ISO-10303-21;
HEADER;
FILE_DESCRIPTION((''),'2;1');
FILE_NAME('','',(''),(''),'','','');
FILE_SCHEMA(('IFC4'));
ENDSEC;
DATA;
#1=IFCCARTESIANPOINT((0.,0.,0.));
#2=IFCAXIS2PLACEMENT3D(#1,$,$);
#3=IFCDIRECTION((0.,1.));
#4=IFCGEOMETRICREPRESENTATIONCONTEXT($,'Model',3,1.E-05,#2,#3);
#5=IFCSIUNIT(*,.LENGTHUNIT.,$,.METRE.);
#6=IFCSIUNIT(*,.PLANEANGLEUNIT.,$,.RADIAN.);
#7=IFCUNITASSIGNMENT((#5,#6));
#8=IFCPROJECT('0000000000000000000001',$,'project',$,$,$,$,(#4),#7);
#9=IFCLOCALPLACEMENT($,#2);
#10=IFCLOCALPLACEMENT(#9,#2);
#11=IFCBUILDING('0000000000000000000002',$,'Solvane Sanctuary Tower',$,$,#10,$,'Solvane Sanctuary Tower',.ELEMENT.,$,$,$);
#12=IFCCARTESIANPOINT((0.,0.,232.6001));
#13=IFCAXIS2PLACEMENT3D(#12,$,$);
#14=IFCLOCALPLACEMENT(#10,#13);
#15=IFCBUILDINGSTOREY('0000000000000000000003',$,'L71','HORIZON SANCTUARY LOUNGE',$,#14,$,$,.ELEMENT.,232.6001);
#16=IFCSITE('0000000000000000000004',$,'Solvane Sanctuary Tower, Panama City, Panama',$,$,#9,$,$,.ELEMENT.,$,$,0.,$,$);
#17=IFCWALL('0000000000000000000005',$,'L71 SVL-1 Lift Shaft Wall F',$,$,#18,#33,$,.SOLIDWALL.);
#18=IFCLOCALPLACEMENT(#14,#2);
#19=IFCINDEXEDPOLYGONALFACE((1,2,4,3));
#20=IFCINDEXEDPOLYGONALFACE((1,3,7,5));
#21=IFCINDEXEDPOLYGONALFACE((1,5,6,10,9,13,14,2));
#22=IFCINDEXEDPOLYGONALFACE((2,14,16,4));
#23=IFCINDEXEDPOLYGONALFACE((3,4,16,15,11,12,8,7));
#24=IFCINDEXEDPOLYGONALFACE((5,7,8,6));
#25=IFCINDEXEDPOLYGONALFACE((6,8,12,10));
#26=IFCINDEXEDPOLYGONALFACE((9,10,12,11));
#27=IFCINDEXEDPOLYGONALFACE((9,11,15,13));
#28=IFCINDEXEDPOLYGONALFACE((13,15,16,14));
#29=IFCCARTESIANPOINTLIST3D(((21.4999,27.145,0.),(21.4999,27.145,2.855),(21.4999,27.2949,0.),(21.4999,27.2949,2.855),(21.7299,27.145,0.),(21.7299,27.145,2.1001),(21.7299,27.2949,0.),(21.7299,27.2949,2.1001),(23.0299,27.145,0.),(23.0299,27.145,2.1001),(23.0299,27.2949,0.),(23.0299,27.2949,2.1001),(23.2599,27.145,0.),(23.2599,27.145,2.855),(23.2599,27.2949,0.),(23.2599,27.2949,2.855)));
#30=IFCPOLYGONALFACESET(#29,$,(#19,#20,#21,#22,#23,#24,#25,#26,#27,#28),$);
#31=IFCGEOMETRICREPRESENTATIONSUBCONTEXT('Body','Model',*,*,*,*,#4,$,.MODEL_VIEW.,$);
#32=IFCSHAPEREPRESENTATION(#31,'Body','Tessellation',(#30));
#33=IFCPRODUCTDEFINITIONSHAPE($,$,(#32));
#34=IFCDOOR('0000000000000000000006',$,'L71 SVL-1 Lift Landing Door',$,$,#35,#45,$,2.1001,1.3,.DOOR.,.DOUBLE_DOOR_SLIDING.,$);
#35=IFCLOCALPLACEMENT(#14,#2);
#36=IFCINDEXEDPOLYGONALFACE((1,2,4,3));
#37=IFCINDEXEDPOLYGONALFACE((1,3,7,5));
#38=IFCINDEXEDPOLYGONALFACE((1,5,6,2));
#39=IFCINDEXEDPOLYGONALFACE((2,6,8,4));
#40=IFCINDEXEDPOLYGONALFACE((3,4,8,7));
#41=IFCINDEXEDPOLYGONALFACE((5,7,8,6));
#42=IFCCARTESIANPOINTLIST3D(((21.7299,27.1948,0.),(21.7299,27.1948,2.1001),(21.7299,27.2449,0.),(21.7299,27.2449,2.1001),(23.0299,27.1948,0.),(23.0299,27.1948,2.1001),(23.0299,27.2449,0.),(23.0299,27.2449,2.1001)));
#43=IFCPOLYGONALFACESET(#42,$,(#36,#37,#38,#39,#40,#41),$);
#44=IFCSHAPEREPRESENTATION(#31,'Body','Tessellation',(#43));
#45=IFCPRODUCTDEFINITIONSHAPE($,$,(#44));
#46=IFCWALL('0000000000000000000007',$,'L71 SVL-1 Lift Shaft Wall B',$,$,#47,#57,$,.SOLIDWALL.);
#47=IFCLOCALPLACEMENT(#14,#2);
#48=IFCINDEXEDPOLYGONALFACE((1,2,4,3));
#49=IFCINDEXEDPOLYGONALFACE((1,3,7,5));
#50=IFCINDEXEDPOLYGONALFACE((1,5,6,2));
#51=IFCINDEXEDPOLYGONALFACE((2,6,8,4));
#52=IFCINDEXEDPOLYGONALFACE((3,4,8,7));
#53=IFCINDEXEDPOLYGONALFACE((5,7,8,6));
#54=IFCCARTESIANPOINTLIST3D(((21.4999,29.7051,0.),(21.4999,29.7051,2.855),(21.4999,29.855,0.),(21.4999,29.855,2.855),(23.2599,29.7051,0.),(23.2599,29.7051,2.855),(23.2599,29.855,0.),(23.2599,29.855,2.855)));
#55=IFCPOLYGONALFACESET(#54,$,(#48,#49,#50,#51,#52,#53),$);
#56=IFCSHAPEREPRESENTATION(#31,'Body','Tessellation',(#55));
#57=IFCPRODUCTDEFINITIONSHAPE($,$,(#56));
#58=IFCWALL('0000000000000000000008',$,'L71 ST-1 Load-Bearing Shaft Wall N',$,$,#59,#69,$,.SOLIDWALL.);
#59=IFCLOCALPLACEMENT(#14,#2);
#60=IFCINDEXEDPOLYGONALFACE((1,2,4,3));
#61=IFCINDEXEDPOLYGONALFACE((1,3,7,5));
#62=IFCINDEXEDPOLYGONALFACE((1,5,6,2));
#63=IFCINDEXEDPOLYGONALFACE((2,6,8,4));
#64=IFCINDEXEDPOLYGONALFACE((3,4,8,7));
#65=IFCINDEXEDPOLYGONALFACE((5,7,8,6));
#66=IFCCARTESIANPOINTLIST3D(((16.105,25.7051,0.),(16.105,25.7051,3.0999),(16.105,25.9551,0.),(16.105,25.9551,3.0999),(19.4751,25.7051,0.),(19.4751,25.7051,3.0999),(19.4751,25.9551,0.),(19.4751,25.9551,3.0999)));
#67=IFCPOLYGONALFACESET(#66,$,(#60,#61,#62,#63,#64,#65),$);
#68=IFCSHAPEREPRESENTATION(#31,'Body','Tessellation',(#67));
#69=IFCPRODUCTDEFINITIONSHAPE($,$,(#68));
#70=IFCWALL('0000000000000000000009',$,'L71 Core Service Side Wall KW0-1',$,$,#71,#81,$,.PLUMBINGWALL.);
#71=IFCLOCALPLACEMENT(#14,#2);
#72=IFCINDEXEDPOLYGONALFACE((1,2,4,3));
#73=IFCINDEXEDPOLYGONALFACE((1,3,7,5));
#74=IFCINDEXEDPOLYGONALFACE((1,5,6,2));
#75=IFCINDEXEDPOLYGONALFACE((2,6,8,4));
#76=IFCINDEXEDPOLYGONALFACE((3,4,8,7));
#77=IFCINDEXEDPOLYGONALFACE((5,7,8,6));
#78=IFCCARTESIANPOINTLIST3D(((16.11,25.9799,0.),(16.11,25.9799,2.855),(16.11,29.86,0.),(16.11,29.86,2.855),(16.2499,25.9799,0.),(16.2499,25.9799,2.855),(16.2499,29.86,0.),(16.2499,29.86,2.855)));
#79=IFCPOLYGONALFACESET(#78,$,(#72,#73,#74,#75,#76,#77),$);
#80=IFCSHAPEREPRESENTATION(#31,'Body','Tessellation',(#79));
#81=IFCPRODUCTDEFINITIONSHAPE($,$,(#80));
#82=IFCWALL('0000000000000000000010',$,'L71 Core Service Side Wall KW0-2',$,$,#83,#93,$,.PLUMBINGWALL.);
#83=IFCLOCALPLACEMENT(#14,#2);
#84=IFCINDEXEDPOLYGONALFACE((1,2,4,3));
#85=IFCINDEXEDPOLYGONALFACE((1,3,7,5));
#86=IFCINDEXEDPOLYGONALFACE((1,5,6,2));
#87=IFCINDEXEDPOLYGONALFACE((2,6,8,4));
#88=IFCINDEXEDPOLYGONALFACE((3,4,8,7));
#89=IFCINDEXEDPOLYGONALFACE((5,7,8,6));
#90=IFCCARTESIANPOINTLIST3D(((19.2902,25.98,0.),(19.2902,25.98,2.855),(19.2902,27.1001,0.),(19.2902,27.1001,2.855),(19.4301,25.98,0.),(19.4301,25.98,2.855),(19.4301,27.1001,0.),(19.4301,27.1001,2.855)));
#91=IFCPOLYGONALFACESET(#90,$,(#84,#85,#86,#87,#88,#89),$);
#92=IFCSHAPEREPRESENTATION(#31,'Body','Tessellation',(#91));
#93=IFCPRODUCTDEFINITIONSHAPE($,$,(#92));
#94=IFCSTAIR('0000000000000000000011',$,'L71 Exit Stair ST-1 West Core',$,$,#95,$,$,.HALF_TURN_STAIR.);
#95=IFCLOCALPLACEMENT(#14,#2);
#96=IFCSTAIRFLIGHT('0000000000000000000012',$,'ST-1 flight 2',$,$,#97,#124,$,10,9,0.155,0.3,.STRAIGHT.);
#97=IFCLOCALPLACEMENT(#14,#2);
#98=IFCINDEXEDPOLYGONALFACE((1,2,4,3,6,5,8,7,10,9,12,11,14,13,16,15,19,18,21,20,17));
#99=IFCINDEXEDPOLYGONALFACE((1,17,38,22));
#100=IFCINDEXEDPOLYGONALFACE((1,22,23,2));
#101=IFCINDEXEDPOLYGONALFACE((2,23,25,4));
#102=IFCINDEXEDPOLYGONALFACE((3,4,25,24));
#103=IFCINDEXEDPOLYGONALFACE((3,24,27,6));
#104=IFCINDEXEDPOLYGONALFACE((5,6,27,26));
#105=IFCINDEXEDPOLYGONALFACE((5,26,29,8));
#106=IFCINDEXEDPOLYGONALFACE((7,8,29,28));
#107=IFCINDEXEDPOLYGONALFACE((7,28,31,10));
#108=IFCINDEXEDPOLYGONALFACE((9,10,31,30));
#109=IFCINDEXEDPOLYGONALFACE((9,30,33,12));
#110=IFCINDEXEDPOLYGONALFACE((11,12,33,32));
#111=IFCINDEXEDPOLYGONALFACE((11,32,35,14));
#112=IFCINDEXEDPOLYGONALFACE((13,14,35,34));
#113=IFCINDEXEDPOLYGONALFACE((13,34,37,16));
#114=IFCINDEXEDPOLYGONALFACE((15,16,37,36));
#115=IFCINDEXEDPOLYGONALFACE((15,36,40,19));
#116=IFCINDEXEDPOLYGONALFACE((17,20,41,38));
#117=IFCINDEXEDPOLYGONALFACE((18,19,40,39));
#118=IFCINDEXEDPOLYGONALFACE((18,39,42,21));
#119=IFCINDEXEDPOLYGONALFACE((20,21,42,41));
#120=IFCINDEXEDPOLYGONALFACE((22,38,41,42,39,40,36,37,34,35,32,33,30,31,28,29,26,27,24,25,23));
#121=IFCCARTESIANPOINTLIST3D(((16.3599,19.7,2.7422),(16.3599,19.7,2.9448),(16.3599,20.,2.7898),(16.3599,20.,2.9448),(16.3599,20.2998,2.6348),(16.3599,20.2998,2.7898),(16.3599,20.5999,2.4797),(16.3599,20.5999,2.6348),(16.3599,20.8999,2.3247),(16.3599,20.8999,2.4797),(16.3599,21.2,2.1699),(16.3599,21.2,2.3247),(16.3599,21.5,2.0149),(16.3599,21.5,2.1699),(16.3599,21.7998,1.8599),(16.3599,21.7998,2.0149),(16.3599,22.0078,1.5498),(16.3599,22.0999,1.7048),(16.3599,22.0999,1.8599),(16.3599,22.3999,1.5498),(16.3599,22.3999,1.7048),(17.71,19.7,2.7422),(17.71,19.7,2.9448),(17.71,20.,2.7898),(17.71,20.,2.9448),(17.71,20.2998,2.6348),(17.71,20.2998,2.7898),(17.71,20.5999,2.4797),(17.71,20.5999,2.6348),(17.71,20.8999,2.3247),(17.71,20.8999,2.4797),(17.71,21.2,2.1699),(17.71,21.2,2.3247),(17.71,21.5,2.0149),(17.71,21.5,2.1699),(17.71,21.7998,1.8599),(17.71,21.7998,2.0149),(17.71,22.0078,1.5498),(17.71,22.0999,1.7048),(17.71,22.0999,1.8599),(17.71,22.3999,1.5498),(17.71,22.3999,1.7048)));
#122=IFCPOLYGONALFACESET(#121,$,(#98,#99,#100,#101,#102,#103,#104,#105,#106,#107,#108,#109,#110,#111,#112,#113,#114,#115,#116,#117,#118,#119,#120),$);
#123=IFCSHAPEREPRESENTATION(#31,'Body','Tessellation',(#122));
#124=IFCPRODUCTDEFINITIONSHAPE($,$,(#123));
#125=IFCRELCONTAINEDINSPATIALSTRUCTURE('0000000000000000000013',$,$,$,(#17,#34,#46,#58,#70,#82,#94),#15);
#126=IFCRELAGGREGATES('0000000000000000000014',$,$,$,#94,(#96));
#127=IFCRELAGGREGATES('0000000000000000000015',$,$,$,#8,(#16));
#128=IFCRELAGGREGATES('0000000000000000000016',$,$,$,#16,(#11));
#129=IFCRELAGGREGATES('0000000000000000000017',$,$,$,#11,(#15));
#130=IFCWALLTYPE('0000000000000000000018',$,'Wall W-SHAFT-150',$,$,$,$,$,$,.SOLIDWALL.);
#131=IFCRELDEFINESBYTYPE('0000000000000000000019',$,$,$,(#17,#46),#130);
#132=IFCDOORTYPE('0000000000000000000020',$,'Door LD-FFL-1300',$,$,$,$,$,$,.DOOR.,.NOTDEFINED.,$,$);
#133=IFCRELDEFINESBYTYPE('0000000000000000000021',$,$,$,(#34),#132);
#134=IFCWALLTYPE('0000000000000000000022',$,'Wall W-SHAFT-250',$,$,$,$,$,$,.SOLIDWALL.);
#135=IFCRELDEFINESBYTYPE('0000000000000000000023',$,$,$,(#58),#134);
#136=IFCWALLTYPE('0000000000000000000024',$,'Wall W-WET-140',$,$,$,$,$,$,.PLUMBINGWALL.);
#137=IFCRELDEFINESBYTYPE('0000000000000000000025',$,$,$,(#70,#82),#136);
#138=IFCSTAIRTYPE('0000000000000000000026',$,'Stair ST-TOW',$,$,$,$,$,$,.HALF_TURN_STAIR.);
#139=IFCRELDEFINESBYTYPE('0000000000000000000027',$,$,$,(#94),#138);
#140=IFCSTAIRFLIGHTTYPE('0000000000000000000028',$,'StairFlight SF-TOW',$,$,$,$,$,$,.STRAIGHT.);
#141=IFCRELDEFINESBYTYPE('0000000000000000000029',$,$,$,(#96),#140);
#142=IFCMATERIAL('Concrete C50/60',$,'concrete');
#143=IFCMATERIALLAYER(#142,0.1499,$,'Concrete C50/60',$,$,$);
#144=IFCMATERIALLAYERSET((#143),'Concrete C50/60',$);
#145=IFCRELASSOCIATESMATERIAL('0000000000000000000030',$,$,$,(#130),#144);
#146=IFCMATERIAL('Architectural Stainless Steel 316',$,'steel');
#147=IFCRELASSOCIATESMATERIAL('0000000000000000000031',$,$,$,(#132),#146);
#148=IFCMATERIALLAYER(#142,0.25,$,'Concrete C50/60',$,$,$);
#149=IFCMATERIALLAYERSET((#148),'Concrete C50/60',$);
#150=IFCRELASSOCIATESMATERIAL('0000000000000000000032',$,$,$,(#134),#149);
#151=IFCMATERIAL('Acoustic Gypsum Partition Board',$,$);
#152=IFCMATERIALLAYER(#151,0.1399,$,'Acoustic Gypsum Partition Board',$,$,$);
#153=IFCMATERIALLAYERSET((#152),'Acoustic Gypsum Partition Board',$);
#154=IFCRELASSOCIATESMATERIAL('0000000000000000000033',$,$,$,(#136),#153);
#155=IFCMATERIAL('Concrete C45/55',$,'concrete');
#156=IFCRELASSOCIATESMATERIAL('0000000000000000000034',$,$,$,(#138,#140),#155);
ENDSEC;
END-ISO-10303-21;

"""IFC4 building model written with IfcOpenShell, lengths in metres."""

from ifc_helpers import new_model, si_unit, direction, frame, frame_2d, origin, place, context, subcontext, project, spatial, polyline, rectangle, outline, extrude, material, layer, layer_set, type_object, element, fill, aggregate, save


model = new_model("IFC4")

# Units and contexts
model_context = context("Model", 3, precision=1e-05, world=origin(), true_north=direction((0.0, 1.0)))
body_context = subcontext(model_context, "Body", "Model", "MODEL_VIEW")
ifc_project = project(units=[si_unit("LENGTHUNIT", "METRE"), si_unit("PLANEANGLEUNIT", "RADIAN")], contexts=[model_context])

# Site, building, storey
site_placement = place(None, origin())
site = spatial("IfcSite", under=ifc_project, at=site_placement, Name="Solvane Sanctuary Tower, Panama City, Panama", CompositionType="ELEMENT", RefElevation=0.0)
building_placement = place(site_placement, origin())
building = spatial("IfcBuilding", under=site, at=building_placement, Name="Solvane Sanctuary Tower", LongName="Solvane Sanctuary Tower", CompositionType="ELEMENT")
storey_placement = place(building_placement, frame((0.0, 0.0, 232.6001)))
storey = spatial("IfcBuildingStorey", under=building, at=storey_placement, Name="L71", Description="HORIZON SANCTUARY LOUNGE", CompositionType="ELEMENT", Elevation=232.6001)

# Shared definitions
ifc_material_1 = material(Name="Acoustic Gypsum Partition Board")

# Shared definitions
ifc_material_2 = material(Name="Concrete C50/60", Category="concrete")
ifc_layer_1 = layer(ifc_material_2, 0.1499, Name="Concrete C50/60")
ifc_layer_set_1 = layer_set([ifc_layer_1], Name="Concrete C50/60")
wall_type_1 = type_object("IfcWallType", Name="Wall W-SHAFT-150", PredefinedType="SOLIDWALL", material=ifc_layer_set_1)
ifc_material_3 = material(Name="Architectural Stainless Steel 316", Category="steel")
door_type = type_object("IfcDoorType", Name="Door LD-FFL-1300", OperationType="NOTDEFINED", PredefinedType="DOOR", material=ifc_material_3)

# Wall, opening, door
wall_1_placement = place(storey_placement, frame((21.5, 27.22, 0.0), z_axis=(0.0, 0.0, 1.0), x_axis=(1.0, 0.0, 0.0)))
wall_1 = element("IfcWall", 1, at=wall_1_placement, inside=storey, type_object=wall_type_1, Name="L71 SVL-1 Lift Shaft Wall F", PredefinedType="SOLIDWALL", context=body_context, shape_type="SweptSolid", body=[
    extrude(rectangle(XDim=1.76, YDim=0.1499, at=frame_2d((0.8799, 0.0))), origin(), (0.0, 0.0, 1.0), 2.855),
])
opening_1_placement = place(wall_1_placement, frame((0.23, 0.0, 0.0)))
opening_1 = element("IfcOpeningElement", 2, at=opening_1_placement, cuts=wall_1, PredefinedType="OPENING", context=body_context, shape_type="SweptSolid", body=[
    extrude(rectangle(XDim=1.3, YDim=2.1001, at=frame_2d((0.6499, 1.05))), frame((0.0, 0.085, 0.0), z_axis=(0.0, -1.0, 0.0), x_axis=(1.0, 0.0, 0.0)), (0.0, 0.0, 1.0), 0.1699),
])
door_1_placement = place(opening_1_placement, origin())
door_1 = element("IfcDoor", 3, at=door_1_placement, inside=storey, type_object=door_type, Name="L71 SVL-1 Lift Landing Door", OperationType="DOUBLE_DOOR_SLIDING", OverallHeight=2.1001, OverallWidth=1.3, PredefinedType="DOOR", context=body_context, shape_type="SweptSolid", body=[
    extrude(rectangle(XDim=1.3, YDim=2.1001, at=frame_2d((0.6499, 1.05))), frame((0.0, 0.0249, 0.0), z_axis=(0.0, -1.0, 0.0), x_axis=(1.0, 0.0, 0.0)), (0.0, 0.0, 1.0), 0.05),
])
fill(opening_1, door_1)

# Walls
wall_2_placement = place(storey_placement, frame((21.5, 29.78, 0.0), z_axis=(0.0, 0.0, 1.0), x_axis=(1.0, 0.0, 0.0)))
element("IfcWall", 4, at=wall_2_placement, inside=storey, type_object=wall_type_1, Name="L71 SVL-1 Lift Shaft Wall B", PredefinedType="SOLIDWALL", context=body_context, shape_type="SweptSolid", body=[
    extrude(rectangle(XDim=1.76, YDim=0.1499, at=frame_2d((0.8799, 0.0))), origin(), (0.0, 0.0, 1.0), 2.855),
])
ifc_layer_2 = layer(ifc_material_2, 0.25, Name="Concrete C50/60")
ifc_layer_set_2 = layer_set([ifc_layer_2], Name="Concrete C50/60")
wall_type_2 = type_object("IfcWallType", Name="Wall W-SHAFT-250", PredefinedType="SOLIDWALL", material=ifc_layer_set_2)
wall_3_placement = place(storey_placement, frame((16.105, 25.8301, 0.0), z_axis=(0.0, 0.0, 1.0), x_axis=(1.0, 0.0, 0.0)))
element("IfcWall", 5, at=wall_3_placement, inside=storey, type_object=wall_type_2, Name="L71 ST-1 Load-Bearing Shaft Wall N", PredefinedType="SOLIDWALL", context=body_context, shape_type="SweptSolid", body=[
    extrude(rectangle(XDim=3.3701, YDim=0.25, at=frame_2d((1.6851, 0.0))), origin(), (0.0, 0.0, 1.0), 3.0999),
])
ifc_layer_3 = layer(ifc_material_1, 0.1399, Name="Acoustic Gypsum Partition Board")
ifc_layer_set_3 = layer_set([ifc_layer_3], Name="Acoustic Gypsum Partition Board")
wall_type_3 = type_object("IfcWallType", Name="Wall W-WET-140", PredefinedType="PLUMBINGWALL", material=ifc_layer_set_3)
wall_4_placement = place(storey_placement, frame((16.1799, 25.98, 0.0), z_axis=(0.0, 0.0, 1.0), x_axis=(0.0, 1.0, 0.0)))
element("IfcWall", 6, at=wall_4_placement, inside=storey, type_object=wall_type_3, Name="L71 Core Service Side Wall KW0-1", PredefinedType="PLUMBINGWALL", context=body_context, shape_type="SweptSolid", body=[
    extrude(rectangle(XDim=3.8801, YDim=0.1399, at=frame_2d((1.9399, 0.0))), origin(), (0.0, 0.0, 1.0), 2.855),
])
wall_5_placement = place(storey_placement, frame((19.3601, 25.98, 0.0), z_axis=(0.0, 0.0, 1.0), x_axis=(0.0, 1.0, 0.0)))
element("IfcWall", 7, at=wall_5_placement, inside=storey, type_object=wall_type_3, Name="L71 Core Service Side Wall KW0-2", PredefinedType="PLUMBINGWALL", context=body_context, shape_type="SweptSolid", body=[
    extrude(rectangle(XDim=1.1201, YDim=0.1399, at=frame_2d((0.5601, 0.0))), origin(), (0.0, 0.0, 1.0), 2.855),
])

# Stair, stair flight
ifc_material_4 = material(Name="Concrete C45/55", Category="concrete")
stair_type = type_object("IfcStairType", Name="Stair ST-TOW", PredefinedType="HALF_TURN_STAIR", material=ifc_material_4)
stair_placement = place(storey_placement, origin())
stair = element("IfcStair", 8, at=stair_placement, inside=storey, type_object=stair_type, Name="L71 Exit Stair ST-1 West Core", PredefinedType="HALF_TURN_STAIR")
stair_flight_type = type_object("IfcStairFlightType", Name="StairFlight SF-TOW", PredefinedType="STRAIGHT", material=ifc_material_4)
stair_flight_placement = place(storey_placement, frame((17.0349, 22.3999, 1.5498), z_axis=(0.0, 0.0, 1.0), x_axis=(0.0, -1.0, 0.0)))
stair_flight = element("IfcStairFlight", 9, at=stair_flight_placement, type_object=stair_flight_type, Name="ST-1 flight 2", NumberOfRisers=10, NumberOfTreads=9, PredefinedType="STRAIGHT", RiserHeight=0.155, TreadLength=0.3, context=body_context, shape_type="SweptSolid", body=[
    extrude(outline(polyline([(0.0, 0.0), (0.0, 0.155), (0.3, 0.155), (0.3, 0.3101), (0.6001, 0.3101), (0.6001, 0.4651), (0.8999, 0.4651), (0.8999, 0.6201), (1.2, 0.6201), (1.2, 0.7749), (1.5, 0.7749), (1.5, 0.9299), (1.8, 0.9299), (1.8, 1.085), (2.1001, 1.085), (2.1001, 1.24), (2.3999, 1.24), (2.3999, 1.395), (2.7, 1.395), (2.7, 1.55), (2.7, 1.1924), (0.3921, 0.0), (0.0, 0.0)])), frame((0.0, 0.675, 0.0), z_axis=(0.0, -1.0, 0.0), x_axis=(1.0, 0.0, 0.0)), (0.0, 0.0, 1.0), 1.3501),
])
aggregate(stair, [stair_flight])

save(model, "model.ifc")
